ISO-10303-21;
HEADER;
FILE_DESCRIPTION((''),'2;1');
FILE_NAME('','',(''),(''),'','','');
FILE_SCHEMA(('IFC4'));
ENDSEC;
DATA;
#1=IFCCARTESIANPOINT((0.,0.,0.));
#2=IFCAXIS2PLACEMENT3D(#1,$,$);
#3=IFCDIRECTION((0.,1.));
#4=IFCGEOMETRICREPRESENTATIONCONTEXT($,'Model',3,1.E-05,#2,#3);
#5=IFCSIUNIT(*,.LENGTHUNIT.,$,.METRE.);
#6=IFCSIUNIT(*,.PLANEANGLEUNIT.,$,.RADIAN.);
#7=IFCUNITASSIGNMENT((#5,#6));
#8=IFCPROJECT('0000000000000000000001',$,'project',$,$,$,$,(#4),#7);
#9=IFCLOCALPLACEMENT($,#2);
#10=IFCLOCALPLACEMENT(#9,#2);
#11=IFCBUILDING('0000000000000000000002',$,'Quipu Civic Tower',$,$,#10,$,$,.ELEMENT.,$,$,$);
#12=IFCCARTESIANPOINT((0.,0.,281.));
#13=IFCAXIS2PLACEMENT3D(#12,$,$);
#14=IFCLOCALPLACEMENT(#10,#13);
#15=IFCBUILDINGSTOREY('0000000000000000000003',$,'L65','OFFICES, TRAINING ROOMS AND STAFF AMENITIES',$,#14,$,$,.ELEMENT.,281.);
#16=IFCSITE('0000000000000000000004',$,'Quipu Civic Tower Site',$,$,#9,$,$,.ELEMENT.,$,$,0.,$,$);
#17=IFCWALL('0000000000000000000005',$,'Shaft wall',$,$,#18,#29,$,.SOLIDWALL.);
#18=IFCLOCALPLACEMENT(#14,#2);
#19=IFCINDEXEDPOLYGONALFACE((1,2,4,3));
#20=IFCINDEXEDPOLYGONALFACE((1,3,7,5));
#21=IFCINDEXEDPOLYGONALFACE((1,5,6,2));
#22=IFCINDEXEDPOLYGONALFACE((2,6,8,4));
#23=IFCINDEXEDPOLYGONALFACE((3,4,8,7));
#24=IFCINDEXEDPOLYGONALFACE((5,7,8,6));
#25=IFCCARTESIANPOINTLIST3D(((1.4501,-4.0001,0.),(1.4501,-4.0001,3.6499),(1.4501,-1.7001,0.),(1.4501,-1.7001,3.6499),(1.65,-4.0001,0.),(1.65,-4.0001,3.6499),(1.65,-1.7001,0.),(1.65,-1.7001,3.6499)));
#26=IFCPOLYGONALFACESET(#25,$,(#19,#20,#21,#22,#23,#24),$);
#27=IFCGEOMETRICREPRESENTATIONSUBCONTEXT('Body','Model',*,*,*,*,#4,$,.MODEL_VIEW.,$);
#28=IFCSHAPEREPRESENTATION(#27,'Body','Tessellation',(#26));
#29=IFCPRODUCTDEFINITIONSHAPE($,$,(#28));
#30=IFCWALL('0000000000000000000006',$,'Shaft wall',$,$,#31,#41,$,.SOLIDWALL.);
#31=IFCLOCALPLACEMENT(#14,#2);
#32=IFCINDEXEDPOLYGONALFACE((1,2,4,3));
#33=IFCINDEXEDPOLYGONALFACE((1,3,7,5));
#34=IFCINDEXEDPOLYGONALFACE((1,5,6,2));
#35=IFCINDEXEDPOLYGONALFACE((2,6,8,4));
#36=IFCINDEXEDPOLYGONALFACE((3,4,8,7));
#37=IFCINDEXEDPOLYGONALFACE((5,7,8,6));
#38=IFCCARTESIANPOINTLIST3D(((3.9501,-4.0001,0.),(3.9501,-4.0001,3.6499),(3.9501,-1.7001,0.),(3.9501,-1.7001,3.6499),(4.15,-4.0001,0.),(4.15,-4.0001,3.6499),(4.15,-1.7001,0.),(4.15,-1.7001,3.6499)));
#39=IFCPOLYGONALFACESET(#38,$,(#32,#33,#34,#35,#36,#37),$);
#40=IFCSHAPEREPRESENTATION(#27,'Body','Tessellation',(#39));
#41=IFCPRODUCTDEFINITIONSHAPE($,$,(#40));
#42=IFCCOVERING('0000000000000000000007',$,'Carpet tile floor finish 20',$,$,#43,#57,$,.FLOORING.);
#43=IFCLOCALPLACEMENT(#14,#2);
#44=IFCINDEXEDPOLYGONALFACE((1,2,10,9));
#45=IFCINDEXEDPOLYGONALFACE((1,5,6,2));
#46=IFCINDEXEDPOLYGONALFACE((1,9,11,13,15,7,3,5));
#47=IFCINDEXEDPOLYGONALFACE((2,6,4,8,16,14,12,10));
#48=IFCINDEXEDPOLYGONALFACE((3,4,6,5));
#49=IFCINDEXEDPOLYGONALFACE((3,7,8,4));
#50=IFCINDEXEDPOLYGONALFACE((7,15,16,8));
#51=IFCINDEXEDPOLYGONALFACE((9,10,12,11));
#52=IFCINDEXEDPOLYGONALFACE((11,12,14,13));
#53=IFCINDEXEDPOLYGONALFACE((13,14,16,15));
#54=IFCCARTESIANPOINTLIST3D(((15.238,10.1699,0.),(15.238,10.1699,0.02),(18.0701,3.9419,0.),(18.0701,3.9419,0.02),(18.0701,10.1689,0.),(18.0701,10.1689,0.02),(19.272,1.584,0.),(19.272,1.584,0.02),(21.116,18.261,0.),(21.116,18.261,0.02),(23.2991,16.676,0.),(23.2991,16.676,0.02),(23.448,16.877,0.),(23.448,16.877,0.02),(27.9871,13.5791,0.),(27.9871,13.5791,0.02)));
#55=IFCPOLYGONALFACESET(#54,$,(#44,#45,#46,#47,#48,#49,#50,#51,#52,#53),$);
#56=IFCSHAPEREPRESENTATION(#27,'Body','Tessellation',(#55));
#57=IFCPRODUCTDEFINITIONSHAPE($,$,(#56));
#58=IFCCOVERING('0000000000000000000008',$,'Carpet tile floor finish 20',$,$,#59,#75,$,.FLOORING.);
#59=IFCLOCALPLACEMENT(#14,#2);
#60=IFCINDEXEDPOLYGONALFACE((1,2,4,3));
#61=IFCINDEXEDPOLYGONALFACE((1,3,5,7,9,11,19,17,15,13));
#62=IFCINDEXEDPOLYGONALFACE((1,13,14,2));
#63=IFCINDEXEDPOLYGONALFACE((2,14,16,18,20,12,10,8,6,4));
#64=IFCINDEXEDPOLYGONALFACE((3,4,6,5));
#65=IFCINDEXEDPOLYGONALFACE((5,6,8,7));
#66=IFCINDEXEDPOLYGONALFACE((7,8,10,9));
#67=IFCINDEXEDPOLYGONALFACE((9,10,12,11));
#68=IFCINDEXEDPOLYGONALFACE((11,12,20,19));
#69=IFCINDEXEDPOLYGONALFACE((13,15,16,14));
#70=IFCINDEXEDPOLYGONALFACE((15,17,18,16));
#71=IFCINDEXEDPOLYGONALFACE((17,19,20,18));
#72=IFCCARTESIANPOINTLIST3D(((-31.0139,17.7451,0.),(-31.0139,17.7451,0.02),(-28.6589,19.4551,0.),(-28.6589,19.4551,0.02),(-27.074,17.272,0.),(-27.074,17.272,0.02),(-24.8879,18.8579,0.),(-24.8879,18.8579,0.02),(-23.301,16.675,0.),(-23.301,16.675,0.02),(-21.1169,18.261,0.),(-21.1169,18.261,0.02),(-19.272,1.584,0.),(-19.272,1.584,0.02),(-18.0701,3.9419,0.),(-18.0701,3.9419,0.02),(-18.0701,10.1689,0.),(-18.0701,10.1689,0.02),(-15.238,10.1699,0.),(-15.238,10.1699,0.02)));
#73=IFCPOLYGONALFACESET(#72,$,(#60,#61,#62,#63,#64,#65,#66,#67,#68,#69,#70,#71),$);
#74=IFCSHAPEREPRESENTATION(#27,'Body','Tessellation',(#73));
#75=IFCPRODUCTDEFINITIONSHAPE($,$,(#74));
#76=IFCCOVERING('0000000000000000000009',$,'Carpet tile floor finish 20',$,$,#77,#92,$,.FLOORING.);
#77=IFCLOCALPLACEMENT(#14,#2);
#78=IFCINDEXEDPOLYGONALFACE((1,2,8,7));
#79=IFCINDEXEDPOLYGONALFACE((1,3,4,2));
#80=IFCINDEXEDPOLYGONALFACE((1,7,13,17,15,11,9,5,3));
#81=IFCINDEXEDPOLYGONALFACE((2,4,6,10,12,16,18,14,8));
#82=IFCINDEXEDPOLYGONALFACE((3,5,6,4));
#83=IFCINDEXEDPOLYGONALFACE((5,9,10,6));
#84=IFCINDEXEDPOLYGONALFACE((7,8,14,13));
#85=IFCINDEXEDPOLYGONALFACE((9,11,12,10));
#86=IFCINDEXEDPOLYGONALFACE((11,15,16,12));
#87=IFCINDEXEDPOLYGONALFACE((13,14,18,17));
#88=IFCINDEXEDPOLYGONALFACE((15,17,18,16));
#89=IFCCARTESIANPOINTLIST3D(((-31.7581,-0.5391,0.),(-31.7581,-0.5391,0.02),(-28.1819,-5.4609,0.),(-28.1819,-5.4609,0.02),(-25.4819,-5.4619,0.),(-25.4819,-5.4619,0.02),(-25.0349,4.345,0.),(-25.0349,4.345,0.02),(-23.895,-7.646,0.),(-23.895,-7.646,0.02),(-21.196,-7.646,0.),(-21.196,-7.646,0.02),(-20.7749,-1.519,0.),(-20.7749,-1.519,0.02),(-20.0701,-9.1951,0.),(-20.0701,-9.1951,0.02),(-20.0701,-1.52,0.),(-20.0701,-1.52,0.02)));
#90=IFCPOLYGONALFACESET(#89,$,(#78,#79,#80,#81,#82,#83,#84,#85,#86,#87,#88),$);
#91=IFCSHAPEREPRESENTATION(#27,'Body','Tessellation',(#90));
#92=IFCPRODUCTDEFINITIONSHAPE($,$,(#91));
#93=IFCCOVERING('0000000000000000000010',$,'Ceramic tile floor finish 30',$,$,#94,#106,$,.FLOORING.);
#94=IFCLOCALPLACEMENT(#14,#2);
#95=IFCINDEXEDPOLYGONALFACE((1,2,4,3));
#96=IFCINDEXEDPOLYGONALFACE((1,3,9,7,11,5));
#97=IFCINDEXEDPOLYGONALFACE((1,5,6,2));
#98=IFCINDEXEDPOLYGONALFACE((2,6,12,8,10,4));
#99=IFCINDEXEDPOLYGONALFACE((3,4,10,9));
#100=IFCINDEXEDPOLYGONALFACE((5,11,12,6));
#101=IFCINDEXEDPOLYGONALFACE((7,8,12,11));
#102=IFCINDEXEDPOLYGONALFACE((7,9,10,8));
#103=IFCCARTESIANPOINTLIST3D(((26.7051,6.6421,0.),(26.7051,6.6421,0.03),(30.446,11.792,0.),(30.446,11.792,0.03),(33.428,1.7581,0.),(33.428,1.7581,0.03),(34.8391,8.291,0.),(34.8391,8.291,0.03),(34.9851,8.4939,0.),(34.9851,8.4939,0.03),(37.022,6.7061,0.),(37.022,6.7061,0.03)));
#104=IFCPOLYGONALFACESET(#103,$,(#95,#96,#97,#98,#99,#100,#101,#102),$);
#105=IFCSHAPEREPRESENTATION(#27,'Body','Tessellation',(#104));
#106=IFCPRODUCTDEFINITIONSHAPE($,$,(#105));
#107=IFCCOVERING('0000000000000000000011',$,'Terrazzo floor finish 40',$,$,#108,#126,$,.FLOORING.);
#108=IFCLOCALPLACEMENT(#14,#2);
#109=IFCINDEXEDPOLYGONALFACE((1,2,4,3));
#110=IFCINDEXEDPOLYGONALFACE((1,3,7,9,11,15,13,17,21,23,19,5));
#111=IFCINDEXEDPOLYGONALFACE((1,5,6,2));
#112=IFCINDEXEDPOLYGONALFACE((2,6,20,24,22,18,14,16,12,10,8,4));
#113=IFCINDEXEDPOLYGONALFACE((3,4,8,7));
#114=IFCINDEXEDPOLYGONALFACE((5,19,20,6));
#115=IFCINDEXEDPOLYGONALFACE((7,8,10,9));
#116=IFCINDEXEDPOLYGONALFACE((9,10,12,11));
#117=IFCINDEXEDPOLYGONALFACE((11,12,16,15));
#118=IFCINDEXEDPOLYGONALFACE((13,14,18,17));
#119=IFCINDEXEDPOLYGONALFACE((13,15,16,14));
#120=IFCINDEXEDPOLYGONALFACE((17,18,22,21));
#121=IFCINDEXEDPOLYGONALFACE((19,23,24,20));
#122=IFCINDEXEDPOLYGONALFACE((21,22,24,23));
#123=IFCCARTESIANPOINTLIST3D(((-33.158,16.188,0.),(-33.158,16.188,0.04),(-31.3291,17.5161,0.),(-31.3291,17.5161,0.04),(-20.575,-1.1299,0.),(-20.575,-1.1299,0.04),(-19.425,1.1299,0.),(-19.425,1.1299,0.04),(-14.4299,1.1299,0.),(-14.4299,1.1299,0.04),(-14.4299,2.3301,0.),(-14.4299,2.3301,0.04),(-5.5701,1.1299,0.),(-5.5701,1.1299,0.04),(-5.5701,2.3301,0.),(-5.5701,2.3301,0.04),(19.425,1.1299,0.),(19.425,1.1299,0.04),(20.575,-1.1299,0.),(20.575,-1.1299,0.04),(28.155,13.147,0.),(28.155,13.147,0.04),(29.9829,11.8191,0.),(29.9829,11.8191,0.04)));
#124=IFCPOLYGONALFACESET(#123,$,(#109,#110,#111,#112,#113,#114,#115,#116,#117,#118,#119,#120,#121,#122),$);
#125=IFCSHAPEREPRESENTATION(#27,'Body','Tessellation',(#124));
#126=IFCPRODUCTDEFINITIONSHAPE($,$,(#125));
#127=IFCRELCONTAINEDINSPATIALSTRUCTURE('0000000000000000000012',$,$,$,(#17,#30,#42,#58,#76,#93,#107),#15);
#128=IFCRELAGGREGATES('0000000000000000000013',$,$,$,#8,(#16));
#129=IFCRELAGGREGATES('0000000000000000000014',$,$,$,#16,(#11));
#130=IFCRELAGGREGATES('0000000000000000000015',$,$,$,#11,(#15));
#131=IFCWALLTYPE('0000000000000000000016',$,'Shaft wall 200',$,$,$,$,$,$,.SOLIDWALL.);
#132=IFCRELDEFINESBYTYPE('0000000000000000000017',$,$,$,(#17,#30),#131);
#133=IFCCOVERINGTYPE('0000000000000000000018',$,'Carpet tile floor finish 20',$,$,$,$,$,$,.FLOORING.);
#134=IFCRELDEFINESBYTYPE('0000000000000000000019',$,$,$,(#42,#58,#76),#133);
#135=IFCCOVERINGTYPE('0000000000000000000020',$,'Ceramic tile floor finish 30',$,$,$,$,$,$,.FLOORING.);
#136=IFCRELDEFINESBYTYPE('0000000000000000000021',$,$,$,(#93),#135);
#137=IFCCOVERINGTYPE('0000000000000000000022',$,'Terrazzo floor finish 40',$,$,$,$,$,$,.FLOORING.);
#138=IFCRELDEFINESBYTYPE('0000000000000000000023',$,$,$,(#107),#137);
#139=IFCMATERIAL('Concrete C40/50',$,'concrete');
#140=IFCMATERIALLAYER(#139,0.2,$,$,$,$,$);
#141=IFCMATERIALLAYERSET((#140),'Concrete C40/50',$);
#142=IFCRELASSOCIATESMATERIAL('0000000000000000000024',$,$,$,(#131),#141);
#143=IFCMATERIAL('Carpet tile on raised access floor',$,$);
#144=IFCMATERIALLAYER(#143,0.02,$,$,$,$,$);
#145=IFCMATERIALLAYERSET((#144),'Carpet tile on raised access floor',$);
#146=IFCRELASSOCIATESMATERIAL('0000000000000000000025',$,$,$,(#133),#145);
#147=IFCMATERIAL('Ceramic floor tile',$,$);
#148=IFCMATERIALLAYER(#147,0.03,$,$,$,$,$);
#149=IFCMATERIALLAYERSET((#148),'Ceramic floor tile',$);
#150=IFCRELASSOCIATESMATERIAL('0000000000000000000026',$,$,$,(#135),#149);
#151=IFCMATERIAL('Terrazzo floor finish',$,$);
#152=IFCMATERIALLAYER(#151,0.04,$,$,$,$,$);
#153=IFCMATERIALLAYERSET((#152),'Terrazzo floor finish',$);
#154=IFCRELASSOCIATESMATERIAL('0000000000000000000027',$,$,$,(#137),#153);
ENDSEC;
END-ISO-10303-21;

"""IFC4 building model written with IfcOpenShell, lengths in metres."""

from ifc_helpers import new_model, si_unit, direction, frame, frame_2d, origin, place, context, subcontext, project, spatial, polyline, rectangle, outline, extrude, material, layer, layer_set, type_object, element, save


model = new_model("IFC4")

# Units and contexts
model_context = context("Model", 3, precision=1e-05, world=origin(), true_north=direction((0.0, 1.0)))
body_context = subcontext(model_context, "Body", "Model", "MODEL_VIEW")
ifc_project = project(units=[si_unit("LENGTHUNIT", "METRE"), si_unit("PLANEANGLEUNIT", "RADIAN")], contexts=[model_context])

# Site, building, storey
site_placement = place(None, origin())
site = spatial("IfcSite", under=ifc_project, at=site_placement, Name="Quipu Civic Tower Site", CompositionType="ELEMENT", RefElevation=0.0)
building_placement = place(site_placement, origin())
building = spatial("IfcBuilding", under=site, at=building_placement, Name="Quipu Civic Tower", CompositionType="ELEMENT")
storey_placement = place(building_placement, frame((0.0, 0.0, 281.0)))
storey = spatial("IfcBuildingStorey", under=building, at=storey_placement, Name="L65", Description="OFFICES, TRAINING ROOMS AND STAFF AMENITIES", CompositionType="ELEMENT", Elevation=281.0)

# Walls
ifc_material_1 = material(Name="Concrete C40/50", Category="concrete")
ifc_layer_1 = layer(ifc_material_1, 0.2)
ifc_layer_set_1 = layer_set([ifc_layer_1], Name="Concrete C40/50")
wall_type_1 = type_object("IfcWallType", Name="Shaft wall 200", PredefinedType="SOLIDWALL", material=ifc_layer_set_1)
for number, where, z_axis, x_axis, name in (
    (1, (1.55, -4.0, 0.0), (0.0, 0.0, 1.0), (0.0, 1.0, 0.0), "Shaft wall"),
    (2, (4.05, -4.0, 0.0), (0.0, 0.0, 1.0), (0.0, 1.0, 0.0), "Shaft wall"),
):
    element("IfcWall", number, at=place(storey_placement, frame(where, z_axis=z_axis, x_axis=x_axis)), inside=storey, type_object=wall_type_1, Name=name, PredefinedType="SOLIDWALL", context=body_context, shape_type="SweptSolid", body=[
        extrude(rectangle(XDim=2.3, YDim=0.2, at=frame_2d((1.1499, 0.0))), origin(), (0.0, 0.0, 1.0), 3.6499),
    ])

# Coverings
ifc_material_2 = material(Name="Carpet tile on raised access floor")
ifc_layer_2 = layer(ifc_material_2, 0.02)
ifc_layer_set_2 = layer_set([ifc_layer_2], Name="Carpet tile on raised access floor")
covering_type_1 = type_object("IfcCoveringType", Name="Carpet tile floor finish 20", PredefinedType="FLOORING", material=ifc_layer_set_2)
covering_1_placement = place(storey_placement, origin())
element("IfcCovering", 3, at=covering_1_placement, inside=storey, type_object=covering_type_1, Name="Carpet tile floor finish 20", PredefinedType="FLOORING", context=body_context, shape_type="SweptSolid", body=[
    extrude(outline(polyline([(15.238, 10.1699), (21.116, 18.261), (23.2991, 16.676), (23.448, 16.877), (27.9871, 13.5791), (19.272, 1.584), (18.0701, 3.9419), (18.0701, 10.1689), (15.238, 10.1699)])), origin(), (0.0, 0.0, 1.0), 0.02),
])
covering_2_placement = place(storey_placement, origin())
element("IfcCovering", 4, at=covering_2_placement, inside=storey, type_object=covering_type_1, Name="Carpet tile floor finish 20", PredefinedType="FLOORING", context=body_context, shape_type="SweptSolid", body=[
    extrude(outline(polyline([(-31.0139, 17.7451), (-28.6589, 19.4551), (-27.074, 17.272), (-24.8879, 18.8579), (-23.301, 16.675), (-21.1169, 18.261), (-15.238, 10.1699), (-18.0701, 10.1689), (-18.0701, 3.9419), (-19.272, 1.584), (-31.0139, 17.7451)])), origin(), (0.0, 0.0, 1.0), 0.02),
])
covering_3_placement = place(storey_placement, origin())
element("IfcCovering", 5, at=covering_3_placement, inside=storey, type_object=covering_type_1, Name="Carpet tile floor finish 20", PredefinedType="FLOORING", context=body_context, shape_type="SweptSolid", body=[
    extrude(outline(polyline([(-31.7581, -0.5391), (-25.0349, 4.345), (-20.7749, -1.519), (-20.0701, -1.52), (-20.0701, -9.1951), (-21.196, -7.646), (-23.895, -7.646), (-25.4819, -5.4619), (-28.1819, -5.4609), (-31.7581, -0.5391)])), origin(), (0.0, 0.0, 1.0), 0.02),
])
ifc_material_3 = material(Name="Ceramic floor tile")
ifc_layer_3 = layer(ifc_material_3, 0.03)
ifc_layer_set_3 = layer_set([ifc_layer_3], Name="Ceramic floor tile")
covering_type_2 = type_object("IfcCoveringType", Name="Ceramic tile floor finish 30", PredefinedType="FLOORING", material=ifc_layer_set_3)
covering_4_placement = place(storey_placement, origin())
element("IfcCovering", 6, at=covering_4_placement, inside=storey, type_object=covering_type_2, Name="Ceramic tile floor finish 30", PredefinedType="FLOORING", context=body_context, shape_type="SweptSolid", body=[
    extrude(outline(polyline([(26.7051, 6.6421), (30.446, 11.792), (34.9851, 8.4939), (34.8391, 8.291), (37.022, 6.7061), (33.428, 1.7581), (26.7051, 6.6421)])), origin(), (0.0, 0.0, 1.0), 0.03),
])
ifc_material_4 = material(Name="Terrazzo floor finish")
ifc_layer_4 = layer(ifc_material_4, 0.04)
ifc_layer_set_4 = layer_set([ifc_layer_4], Name="Terrazzo floor finish")
covering_type_3 = type_object("IfcCoveringType", Name="Terrazzo floor finish 40", PredefinedType="FLOORING", material=ifc_layer_set_4)
covering_5_placement = place(storey_placement, origin())
element("IfcCovering", 7, at=covering_5_placement, inside=storey, type_object=covering_type_3, Name="Terrazzo floor finish 40", PredefinedType="FLOORING", context=body_context, shape_type="SweptSolid", body=[
    extrude(outline(polyline([(-5.5701, 1.1299), (19.425, 1.1299), (28.155, 13.147), (29.9829, 11.8191), (20.575, -1.1299), (-20.575, -1.1299), (-33.158, 16.188), (-31.3291, 17.5161), (-19.425, 1.1299), (-14.4299, 1.1299), (-14.4299, 2.3301), (-5.5701, 2.3301), (-5.5701, 1.1299)])), origin(), (0.0, 0.0, 1.0), 0.04),
])

save(model, "model.ifc")
